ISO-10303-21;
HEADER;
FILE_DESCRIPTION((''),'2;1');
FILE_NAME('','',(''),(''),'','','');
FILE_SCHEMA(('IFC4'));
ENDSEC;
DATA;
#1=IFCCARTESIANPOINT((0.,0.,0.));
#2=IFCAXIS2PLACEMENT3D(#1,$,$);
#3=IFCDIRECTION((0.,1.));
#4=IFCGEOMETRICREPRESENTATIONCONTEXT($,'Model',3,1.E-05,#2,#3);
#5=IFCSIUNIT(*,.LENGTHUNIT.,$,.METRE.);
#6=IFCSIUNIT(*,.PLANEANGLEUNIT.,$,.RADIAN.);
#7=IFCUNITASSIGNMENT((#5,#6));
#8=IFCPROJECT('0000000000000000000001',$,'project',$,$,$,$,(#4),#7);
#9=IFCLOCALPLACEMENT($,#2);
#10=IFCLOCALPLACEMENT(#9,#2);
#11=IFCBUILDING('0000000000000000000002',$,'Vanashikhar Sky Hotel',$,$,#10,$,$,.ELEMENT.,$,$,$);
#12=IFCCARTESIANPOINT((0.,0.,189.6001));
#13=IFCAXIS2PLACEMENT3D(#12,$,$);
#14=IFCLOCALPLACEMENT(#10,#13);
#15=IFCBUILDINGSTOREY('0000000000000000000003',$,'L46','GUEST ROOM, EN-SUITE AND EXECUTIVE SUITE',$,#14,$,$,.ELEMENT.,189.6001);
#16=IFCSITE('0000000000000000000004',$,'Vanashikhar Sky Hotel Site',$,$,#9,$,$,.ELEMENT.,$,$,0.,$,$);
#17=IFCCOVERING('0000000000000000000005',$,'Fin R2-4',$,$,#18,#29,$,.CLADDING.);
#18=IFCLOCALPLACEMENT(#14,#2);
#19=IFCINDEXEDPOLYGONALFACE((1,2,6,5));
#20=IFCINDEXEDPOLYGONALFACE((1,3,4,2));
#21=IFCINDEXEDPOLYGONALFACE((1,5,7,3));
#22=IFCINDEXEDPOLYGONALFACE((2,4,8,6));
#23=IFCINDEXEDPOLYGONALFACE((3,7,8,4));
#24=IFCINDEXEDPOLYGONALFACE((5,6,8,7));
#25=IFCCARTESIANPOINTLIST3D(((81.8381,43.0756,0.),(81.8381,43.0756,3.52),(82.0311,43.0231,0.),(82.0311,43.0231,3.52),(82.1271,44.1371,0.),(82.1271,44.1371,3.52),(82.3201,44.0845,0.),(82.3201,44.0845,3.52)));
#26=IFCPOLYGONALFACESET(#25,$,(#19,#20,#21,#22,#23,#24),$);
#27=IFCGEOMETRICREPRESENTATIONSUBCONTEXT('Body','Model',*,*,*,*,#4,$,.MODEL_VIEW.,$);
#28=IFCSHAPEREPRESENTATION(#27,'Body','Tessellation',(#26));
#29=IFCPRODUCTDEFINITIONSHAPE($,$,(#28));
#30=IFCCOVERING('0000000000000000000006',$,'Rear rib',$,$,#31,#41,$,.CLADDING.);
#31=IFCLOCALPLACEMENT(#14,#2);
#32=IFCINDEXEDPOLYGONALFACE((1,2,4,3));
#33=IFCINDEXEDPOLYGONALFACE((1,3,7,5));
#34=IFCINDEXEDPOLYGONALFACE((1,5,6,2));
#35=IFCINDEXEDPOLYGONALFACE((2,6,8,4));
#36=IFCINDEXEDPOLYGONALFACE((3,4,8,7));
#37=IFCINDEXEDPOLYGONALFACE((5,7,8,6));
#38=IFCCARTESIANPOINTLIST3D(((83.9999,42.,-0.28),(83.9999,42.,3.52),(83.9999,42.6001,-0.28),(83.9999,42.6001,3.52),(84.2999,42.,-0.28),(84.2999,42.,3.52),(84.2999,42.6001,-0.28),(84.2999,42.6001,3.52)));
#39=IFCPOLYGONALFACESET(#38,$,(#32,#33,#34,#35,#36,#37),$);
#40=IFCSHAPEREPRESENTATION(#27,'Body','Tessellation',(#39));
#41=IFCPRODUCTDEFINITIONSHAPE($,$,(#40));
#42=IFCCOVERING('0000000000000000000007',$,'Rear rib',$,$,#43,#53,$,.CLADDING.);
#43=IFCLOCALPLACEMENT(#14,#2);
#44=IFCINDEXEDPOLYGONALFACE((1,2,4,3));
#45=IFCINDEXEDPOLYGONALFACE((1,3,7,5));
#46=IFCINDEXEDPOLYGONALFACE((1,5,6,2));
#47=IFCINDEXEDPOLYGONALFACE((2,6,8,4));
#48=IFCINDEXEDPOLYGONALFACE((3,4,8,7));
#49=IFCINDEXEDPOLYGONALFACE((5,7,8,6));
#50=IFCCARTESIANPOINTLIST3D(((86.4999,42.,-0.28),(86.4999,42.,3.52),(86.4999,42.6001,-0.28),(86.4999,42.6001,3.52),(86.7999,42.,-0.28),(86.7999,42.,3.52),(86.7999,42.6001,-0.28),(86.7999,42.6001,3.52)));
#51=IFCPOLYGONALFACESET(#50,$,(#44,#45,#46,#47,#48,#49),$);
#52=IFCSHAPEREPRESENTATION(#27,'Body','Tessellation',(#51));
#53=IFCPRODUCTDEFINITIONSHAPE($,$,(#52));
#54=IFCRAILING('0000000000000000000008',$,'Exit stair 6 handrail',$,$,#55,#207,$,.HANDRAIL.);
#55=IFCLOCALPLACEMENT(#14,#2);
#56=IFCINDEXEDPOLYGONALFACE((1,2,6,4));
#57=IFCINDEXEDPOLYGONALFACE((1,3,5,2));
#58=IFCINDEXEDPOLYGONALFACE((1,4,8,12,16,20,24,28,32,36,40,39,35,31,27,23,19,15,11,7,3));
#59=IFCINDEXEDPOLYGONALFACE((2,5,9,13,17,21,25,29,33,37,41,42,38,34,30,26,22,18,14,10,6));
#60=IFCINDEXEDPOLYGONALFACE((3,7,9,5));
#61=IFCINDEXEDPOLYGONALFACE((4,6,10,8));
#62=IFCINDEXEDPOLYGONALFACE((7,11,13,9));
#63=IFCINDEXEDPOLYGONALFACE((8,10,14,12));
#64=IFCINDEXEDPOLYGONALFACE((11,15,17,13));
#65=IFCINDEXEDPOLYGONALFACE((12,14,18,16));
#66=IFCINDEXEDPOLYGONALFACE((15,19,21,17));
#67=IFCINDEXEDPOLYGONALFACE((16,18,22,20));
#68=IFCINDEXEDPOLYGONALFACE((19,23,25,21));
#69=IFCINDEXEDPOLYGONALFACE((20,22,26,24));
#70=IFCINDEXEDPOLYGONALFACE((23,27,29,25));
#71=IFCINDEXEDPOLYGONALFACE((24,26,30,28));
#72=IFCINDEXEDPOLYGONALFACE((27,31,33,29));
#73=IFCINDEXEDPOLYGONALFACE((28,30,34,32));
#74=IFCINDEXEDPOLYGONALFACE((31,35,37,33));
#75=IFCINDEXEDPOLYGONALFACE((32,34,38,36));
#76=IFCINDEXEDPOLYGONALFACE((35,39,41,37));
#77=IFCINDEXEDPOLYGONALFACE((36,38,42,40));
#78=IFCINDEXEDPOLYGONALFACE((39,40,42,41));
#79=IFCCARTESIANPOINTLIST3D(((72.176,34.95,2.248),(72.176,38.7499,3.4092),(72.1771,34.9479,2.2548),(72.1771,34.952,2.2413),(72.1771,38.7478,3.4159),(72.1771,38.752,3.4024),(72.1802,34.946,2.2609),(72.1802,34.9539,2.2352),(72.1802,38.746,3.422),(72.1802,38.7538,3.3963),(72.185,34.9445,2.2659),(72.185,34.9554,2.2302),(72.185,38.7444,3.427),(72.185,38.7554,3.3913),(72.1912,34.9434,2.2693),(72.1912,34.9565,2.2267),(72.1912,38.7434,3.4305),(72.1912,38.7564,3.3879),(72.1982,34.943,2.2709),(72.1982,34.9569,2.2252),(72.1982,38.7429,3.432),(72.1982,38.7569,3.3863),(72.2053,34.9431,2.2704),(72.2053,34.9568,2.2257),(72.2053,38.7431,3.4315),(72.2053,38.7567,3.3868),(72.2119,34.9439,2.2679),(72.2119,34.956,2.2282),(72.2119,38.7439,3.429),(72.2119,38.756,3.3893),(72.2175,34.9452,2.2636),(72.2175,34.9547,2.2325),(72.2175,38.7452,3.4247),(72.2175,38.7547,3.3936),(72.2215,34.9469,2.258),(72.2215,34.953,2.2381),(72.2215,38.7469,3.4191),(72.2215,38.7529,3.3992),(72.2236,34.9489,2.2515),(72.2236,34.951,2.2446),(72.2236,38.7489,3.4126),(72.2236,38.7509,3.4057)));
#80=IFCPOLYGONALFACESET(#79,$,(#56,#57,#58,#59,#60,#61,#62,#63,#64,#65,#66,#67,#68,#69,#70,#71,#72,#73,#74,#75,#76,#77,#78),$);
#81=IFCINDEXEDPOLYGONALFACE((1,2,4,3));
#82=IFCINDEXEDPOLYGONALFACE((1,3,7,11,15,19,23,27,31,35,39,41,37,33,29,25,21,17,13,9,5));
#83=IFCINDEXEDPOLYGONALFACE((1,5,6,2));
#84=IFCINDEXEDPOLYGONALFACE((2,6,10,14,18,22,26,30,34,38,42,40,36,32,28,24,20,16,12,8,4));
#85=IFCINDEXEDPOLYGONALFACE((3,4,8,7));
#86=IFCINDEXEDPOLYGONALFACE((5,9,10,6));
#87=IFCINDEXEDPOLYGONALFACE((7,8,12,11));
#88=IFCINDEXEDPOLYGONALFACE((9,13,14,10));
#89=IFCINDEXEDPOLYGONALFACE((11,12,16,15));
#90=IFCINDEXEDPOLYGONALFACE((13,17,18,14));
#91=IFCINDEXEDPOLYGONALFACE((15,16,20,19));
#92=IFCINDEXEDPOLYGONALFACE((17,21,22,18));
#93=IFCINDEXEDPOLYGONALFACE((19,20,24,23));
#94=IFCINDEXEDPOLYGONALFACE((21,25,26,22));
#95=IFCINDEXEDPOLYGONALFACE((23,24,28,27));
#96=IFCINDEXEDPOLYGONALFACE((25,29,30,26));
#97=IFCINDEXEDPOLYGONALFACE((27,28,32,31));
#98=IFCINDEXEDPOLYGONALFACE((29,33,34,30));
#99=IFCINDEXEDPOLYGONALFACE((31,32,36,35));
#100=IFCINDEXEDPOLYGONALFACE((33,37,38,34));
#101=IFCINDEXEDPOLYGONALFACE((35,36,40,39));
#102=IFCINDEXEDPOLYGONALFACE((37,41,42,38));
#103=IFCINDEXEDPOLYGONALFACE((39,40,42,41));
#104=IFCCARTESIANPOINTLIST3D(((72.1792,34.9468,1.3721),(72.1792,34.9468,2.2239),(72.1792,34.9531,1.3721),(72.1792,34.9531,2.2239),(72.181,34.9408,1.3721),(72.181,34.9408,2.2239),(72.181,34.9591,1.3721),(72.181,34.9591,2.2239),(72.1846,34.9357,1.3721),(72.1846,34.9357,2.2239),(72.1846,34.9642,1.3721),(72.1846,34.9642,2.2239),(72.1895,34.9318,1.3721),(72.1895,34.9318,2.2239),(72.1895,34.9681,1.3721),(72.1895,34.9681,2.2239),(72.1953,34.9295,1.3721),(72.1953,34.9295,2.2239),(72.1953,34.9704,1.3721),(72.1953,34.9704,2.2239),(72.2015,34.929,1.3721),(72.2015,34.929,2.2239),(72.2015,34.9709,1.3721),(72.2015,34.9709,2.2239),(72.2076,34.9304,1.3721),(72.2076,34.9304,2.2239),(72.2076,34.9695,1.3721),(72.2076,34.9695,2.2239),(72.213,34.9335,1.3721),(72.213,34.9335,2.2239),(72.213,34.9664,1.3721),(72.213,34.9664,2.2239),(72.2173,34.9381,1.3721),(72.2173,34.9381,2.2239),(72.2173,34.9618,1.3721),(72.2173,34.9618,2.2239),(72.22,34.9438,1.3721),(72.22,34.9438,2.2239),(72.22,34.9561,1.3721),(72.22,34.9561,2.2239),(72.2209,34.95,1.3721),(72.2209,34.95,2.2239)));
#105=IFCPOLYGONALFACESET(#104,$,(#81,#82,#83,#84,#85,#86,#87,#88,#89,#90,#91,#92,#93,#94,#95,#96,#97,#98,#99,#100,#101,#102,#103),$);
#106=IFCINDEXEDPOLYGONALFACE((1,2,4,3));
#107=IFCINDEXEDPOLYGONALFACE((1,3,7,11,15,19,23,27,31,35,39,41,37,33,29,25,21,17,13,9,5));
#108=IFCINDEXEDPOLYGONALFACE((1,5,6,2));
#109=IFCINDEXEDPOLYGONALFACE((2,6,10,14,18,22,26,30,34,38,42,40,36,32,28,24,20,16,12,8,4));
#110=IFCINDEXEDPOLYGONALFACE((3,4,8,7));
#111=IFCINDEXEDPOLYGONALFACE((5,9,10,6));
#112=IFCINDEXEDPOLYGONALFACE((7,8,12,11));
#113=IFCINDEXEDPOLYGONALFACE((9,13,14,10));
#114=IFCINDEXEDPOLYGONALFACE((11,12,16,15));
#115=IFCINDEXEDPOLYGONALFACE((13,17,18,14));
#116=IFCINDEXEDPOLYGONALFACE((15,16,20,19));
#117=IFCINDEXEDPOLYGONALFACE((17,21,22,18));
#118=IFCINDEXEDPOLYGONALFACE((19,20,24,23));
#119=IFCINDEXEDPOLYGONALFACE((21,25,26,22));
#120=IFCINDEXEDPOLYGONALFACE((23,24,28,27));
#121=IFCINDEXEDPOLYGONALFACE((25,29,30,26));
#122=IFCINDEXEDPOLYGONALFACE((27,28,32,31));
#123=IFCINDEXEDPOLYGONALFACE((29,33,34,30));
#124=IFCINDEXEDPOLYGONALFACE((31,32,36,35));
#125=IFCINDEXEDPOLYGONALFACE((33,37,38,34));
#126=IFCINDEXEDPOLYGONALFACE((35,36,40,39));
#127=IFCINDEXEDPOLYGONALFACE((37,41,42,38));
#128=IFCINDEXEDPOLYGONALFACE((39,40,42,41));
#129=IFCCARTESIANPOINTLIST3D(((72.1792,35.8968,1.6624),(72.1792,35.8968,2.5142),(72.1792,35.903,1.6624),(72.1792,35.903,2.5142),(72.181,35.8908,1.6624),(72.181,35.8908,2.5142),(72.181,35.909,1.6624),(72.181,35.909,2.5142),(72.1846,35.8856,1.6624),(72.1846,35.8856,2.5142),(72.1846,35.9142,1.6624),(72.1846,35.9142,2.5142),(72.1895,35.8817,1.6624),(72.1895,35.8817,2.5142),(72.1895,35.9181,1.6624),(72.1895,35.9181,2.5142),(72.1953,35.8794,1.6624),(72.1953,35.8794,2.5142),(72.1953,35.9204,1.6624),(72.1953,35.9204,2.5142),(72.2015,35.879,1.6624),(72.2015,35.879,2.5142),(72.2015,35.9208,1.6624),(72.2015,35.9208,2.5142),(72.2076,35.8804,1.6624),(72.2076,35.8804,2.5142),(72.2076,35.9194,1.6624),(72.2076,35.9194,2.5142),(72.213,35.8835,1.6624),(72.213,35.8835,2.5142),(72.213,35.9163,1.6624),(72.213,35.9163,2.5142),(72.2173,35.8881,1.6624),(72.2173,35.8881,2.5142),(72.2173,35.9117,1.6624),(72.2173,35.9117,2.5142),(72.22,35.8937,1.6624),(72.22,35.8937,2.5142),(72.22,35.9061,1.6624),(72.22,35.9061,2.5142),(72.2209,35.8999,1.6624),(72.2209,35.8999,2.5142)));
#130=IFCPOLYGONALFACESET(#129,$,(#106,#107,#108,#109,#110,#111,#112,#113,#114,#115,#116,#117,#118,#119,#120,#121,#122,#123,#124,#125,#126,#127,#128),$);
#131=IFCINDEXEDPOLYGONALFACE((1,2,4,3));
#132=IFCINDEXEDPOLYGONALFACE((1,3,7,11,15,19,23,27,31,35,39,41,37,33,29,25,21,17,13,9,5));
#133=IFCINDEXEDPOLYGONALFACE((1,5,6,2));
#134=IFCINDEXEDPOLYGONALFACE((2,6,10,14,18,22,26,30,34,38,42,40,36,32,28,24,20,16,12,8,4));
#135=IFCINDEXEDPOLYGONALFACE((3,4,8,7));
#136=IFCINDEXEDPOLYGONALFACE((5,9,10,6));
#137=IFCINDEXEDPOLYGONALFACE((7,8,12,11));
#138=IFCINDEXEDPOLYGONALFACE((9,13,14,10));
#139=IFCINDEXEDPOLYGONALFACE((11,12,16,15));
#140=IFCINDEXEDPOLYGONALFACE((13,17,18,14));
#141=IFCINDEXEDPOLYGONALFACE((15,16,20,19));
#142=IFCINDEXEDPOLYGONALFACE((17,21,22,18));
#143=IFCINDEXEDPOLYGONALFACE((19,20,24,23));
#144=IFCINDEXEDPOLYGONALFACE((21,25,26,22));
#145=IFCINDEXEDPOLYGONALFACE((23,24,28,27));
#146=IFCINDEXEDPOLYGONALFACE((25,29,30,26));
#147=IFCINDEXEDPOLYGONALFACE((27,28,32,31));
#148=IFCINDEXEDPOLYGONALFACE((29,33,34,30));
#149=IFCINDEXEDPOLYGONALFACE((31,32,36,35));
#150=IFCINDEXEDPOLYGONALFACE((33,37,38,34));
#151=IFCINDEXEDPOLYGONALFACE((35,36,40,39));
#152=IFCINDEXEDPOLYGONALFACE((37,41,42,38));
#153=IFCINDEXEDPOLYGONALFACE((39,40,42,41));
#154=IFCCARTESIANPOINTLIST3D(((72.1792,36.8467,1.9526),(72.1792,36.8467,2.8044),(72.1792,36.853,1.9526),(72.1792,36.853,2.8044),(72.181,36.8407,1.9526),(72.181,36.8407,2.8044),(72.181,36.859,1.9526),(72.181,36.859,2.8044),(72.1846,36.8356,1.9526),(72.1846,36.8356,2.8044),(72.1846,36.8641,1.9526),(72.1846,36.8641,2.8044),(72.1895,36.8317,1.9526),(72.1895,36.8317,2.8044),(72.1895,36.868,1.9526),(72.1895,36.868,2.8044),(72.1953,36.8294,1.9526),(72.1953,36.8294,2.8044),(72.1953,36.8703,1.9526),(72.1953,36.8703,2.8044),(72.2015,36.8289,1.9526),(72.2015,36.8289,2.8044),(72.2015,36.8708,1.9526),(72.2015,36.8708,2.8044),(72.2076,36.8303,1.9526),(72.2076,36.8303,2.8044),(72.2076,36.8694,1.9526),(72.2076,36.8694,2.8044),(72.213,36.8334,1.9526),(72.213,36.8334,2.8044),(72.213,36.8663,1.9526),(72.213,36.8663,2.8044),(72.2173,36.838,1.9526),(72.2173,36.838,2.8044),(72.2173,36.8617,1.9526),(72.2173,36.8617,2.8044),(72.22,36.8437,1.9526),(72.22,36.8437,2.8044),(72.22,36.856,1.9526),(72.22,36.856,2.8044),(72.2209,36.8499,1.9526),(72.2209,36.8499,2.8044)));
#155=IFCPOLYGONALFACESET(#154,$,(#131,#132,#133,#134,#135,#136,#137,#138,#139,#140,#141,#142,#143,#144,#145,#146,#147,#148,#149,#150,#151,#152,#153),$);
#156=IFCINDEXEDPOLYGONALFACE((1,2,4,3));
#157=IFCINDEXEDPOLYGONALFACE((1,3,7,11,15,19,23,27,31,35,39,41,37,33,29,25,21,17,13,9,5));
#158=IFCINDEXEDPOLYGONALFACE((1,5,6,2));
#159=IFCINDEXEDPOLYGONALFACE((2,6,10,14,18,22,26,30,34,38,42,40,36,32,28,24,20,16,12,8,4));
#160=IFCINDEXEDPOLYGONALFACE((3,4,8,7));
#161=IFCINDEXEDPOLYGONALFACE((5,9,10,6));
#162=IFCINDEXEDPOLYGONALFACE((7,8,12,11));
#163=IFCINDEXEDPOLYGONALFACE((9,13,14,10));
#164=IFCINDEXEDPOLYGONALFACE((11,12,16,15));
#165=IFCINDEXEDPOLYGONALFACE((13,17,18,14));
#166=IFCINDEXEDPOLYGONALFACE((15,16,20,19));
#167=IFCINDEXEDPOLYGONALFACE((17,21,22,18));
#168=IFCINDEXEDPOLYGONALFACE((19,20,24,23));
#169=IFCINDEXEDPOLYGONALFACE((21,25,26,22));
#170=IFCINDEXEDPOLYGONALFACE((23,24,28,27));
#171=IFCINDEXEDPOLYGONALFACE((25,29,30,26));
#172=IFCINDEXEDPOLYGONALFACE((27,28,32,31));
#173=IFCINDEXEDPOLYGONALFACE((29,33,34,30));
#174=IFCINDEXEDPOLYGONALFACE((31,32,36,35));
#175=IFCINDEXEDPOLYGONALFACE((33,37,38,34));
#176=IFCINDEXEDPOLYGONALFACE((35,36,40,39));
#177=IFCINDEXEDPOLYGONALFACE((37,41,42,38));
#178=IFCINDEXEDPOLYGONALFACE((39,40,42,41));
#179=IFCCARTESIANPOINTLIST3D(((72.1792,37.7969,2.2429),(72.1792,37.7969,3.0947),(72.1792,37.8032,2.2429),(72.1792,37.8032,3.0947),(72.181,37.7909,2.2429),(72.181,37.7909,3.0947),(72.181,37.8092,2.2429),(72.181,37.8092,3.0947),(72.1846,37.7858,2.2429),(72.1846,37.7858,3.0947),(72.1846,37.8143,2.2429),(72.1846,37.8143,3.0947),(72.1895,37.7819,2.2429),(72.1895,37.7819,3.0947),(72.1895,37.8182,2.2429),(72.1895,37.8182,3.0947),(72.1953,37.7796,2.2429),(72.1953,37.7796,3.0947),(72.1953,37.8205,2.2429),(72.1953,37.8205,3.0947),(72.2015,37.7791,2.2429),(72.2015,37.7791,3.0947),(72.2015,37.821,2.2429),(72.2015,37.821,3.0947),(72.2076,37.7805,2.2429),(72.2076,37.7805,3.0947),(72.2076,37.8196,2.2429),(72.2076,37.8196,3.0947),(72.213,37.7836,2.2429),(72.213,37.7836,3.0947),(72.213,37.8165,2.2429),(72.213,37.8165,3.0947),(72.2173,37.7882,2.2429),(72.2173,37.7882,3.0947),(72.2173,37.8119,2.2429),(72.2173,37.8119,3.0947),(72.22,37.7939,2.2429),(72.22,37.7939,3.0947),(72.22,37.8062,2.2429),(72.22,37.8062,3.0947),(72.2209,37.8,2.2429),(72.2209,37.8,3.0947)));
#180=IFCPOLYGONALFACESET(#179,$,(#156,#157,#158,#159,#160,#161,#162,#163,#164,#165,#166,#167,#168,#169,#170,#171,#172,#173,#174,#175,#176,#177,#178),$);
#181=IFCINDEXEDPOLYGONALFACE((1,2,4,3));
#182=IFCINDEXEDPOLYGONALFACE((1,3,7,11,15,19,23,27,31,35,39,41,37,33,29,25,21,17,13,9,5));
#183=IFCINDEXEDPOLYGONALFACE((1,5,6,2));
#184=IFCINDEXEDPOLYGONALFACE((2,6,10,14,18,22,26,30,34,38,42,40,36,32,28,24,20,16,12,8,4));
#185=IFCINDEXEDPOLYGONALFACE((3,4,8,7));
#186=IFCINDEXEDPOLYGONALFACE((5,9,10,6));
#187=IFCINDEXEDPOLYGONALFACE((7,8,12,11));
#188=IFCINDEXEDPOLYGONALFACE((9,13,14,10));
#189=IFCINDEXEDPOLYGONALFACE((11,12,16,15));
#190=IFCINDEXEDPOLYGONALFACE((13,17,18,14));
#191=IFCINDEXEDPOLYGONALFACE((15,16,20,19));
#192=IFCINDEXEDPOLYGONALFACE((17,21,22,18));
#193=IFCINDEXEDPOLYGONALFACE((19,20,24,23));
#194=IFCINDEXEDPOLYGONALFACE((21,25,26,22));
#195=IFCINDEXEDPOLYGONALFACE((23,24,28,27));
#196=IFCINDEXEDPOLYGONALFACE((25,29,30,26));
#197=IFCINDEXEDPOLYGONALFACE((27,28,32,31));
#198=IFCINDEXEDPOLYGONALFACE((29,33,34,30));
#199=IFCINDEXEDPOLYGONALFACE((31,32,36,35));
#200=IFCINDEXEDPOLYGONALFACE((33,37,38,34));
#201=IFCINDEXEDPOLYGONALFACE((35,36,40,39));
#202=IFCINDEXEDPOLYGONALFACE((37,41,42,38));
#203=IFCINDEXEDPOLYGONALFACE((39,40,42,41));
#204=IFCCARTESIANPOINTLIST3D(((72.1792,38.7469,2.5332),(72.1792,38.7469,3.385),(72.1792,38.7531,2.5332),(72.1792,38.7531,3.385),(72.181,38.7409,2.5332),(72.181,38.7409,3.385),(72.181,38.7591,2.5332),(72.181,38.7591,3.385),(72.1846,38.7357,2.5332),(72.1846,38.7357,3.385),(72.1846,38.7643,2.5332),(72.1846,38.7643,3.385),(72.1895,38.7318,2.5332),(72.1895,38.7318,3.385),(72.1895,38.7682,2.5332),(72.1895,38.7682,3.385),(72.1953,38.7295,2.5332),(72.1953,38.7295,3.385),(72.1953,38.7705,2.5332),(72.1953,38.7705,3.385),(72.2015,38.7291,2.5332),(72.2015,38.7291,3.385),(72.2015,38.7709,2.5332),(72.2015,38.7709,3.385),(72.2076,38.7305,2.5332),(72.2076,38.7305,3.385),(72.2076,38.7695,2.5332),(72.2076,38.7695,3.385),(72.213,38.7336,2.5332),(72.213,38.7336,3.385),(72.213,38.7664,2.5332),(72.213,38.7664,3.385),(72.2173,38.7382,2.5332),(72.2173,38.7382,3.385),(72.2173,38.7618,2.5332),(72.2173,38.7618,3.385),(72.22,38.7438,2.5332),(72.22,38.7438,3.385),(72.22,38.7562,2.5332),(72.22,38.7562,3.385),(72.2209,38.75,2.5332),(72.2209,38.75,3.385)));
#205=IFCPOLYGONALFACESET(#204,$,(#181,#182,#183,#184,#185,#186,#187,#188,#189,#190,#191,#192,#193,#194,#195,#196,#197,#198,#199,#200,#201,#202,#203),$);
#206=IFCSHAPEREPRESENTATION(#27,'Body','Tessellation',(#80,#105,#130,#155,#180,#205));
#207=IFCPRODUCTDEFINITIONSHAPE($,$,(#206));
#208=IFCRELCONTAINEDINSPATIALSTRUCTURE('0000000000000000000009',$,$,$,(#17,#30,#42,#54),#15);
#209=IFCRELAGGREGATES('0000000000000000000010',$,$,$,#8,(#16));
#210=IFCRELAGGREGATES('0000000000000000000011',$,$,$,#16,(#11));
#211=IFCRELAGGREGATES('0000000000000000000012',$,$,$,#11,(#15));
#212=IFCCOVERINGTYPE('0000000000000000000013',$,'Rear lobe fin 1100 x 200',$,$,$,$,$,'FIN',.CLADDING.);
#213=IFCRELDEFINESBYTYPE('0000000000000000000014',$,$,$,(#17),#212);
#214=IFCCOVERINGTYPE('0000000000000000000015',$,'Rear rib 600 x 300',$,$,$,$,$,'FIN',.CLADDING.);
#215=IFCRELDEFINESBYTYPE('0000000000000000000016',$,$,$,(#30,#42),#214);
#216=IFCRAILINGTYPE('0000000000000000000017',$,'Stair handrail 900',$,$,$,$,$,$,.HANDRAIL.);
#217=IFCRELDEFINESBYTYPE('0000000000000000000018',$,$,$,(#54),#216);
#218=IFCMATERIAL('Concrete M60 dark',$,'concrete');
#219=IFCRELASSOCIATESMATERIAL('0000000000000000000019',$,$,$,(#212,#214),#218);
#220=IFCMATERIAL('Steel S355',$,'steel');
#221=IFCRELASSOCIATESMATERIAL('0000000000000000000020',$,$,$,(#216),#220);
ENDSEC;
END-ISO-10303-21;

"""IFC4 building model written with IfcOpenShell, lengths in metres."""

from ifc_helpers import new_model, si_unit, direction, frame, origin, origin_2d, place, context, subcontext, project, spatial, rectangle, circle, extrude, source, transform, mapped, material, material_profile, profile_set, type_object, element, save


model = new_model("IFC4")

# Units and contexts
model_context = context("Model", 3, precision=1e-05, world=origin(), true_north=direction((0.0, 1.0)))
body_context = subcontext(model_context, "Body", "Model", "MODEL_VIEW")
ifc_project = project(units=[si_unit("LENGTHUNIT", "METRE"), si_unit("PLANEANGLEUNIT", "RADIAN")], contexts=[model_context])

# Site, building, storey
site_placement = place(None, origin())
site = spatial("IfcSite", under=ifc_project, at=site_placement, Name="Vanashikhar Sky Hotel Site", CompositionType="ELEMENT", RefElevation=0.0)
building_placement = place(site_placement, origin())
building = spatial("IfcBuilding", under=site, at=building_placement, Name="Vanashikhar Sky Hotel", CompositionType="ELEMENT")
storey_placement = place(building_placement, frame((0.0, 0.0, 189.6001)))
storey = spatial("IfcBuildingStorey", under=building, at=storey_placement, Name="L46", Description="GUEST ROOM, EN-SUITE AND EXECUTIVE SUITE", CompositionType="ELEMENT", Elevation=189.6001)

# Coverings
ifc_material_1 = material(Name="Concrete M60 dark", Category="concrete")
ifc_material_profile_1 = material_profile(ifc_material_1, rectangle(XDim=1.1001, YDim=0.2, at=origin_2d()))
ifc_profile_set_1 = profile_set([ifc_material_profile_1], Name="Rear lobe fin 1100 x 200")
covering_type_1 = type_object("IfcCoveringType", Name="Rear lobe fin 1100 x 200", ElementType="FIN", PredefinedType="CLADDING", material=ifc_profile_set_1)
shared_shape_1 = source(origin(), body_context, "Body", "SweptSolid", [
    extrude(rectangle(XDim=1.1001, YDim=0.2, at=origin_2d()), origin(), (0.0, 0.0, 1.0), 3.52),
])
for number, where, z_axis, x_axis, name in (
    (1, (82.0791, 43.5801, 0.0), (0.0, 0.0, 1.0), (0.262711, 0.964874, 0.0), "Fin R2-4"),
):
    element("IfcCovering", number, at=place(storey_placement, frame(where, z_axis=z_axis, x_axis=x_axis)), inside=storey, type_object=covering_type_1, Name=name, PredefinedType="CLADDING", context=body_context, shape_type="MappedRepresentation", body=[
        mapped(shared_shape_1, transform((0.0, 0.0, 0.0), scale=1.0)),
    ])
ifc_material_profile_2 = material_profile(ifc_material_1, rectangle(XDim=0.6001, YDim=0.3, at=origin_2d()))
ifc_profile_set_2 = profile_set([ifc_material_profile_2], Name="Rear rib 600 x 300")
covering_type_2 = type_object("IfcCoveringType", Name="Rear rib 600 x 300", ElementType="FIN", PredefinedType="CLADDING", material=ifc_profile_set_2)
shared_shape_2 = source(origin(), body_context, "Body", "SweptSolid", [
    extrude(rectangle(XDim=0.6001, YDim=0.3, at=origin_2d()), origin(), (0.0, 0.0, 1.0), 3.8),
])
for number, where, z_axis, x_axis, name in (
    (2, (84.1499, 42.3, -0.28), (0.0, 0.0, 1.0), (0.0, 1.0, 0.0), "Rear rib"),
    (3, (86.6499, 42.3, -0.28), (0.0, 0.0, 1.0), (0.0, 1.0, 0.0), "Rear rib"),
):
    element("IfcCovering", number, at=place(storey_placement, frame(where, z_axis=z_axis, x_axis=x_axis)), inside=storey, type_object=covering_type_2, Name=name, PredefinedType="CLADDING", context=body_context, shape_type="MappedRepresentation", body=[
        mapped(shared_shape_2, transform((0.0, 0.0, 0.0), scale=1.0)),
    ])

# Railing
ifc_material_2 = material(Name="Steel S355", Category="steel")
railing_type_1 = type_object("IfcRailingType", Name="Stair handrail 900", PredefinedType="HANDRAIL", material=ifc_material_2)
shared_shape_3 = source(origin(), body_context, "Body", "SweptSolid", [
    extrude(circle(Radius=0.0239, at=origin_2d()), frame((0.0, 0.0, 0.876), z_axis=(0.0, 0.956351, 0.29222), x_axis=(-1.0, 0.0, 0.0)), (0.0, 0.0, 1.0), 3.9734),
    extrude(circle(Radius=0.021, at=origin_2d()), origin(), (0.0, 0.0, 1.0), 0.8518),
    extrude(circle(Radius=0.021, at=origin_2d()), frame((0.0, 0.95, 0.2903)), (0.0, 0.0, 1.0), 0.8518),
    extrude(circle(Radius=0.021, at=origin_2d()), frame((0.0, 1.8999, 0.5806)), (0.0, 0.0, 1.0), 0.8518),
    extrude(circle(Radius=0.021, at=origin_2d()), frame((0.0, 2.8501, 0.8708)), (0.0, 0.0, 1.0), 0.8518),
    extrude(circle(Radius=0.021, at=origin_2d()), frame((0.0, 3.8, 1.1611)), (0.0, 0.0, 1.0), 0.8518),
])
railing_1_placement = place(storey_placement, frame((72.2, 34.95, 1.3721)))
element("IfcRailing", 4, at=railing_1_placement, inside=storey, type_object=railing_type_1, Name="Exit stair 6 handrail", PredefinedType="HANDRAIL", context=body_context, shape_type="MappedRepresentation", body=[
    mapped(shared_shape_3, transform((0.0, 0.0, 0.0), scale=1.0)),
])

save(model, "model.ifc")
